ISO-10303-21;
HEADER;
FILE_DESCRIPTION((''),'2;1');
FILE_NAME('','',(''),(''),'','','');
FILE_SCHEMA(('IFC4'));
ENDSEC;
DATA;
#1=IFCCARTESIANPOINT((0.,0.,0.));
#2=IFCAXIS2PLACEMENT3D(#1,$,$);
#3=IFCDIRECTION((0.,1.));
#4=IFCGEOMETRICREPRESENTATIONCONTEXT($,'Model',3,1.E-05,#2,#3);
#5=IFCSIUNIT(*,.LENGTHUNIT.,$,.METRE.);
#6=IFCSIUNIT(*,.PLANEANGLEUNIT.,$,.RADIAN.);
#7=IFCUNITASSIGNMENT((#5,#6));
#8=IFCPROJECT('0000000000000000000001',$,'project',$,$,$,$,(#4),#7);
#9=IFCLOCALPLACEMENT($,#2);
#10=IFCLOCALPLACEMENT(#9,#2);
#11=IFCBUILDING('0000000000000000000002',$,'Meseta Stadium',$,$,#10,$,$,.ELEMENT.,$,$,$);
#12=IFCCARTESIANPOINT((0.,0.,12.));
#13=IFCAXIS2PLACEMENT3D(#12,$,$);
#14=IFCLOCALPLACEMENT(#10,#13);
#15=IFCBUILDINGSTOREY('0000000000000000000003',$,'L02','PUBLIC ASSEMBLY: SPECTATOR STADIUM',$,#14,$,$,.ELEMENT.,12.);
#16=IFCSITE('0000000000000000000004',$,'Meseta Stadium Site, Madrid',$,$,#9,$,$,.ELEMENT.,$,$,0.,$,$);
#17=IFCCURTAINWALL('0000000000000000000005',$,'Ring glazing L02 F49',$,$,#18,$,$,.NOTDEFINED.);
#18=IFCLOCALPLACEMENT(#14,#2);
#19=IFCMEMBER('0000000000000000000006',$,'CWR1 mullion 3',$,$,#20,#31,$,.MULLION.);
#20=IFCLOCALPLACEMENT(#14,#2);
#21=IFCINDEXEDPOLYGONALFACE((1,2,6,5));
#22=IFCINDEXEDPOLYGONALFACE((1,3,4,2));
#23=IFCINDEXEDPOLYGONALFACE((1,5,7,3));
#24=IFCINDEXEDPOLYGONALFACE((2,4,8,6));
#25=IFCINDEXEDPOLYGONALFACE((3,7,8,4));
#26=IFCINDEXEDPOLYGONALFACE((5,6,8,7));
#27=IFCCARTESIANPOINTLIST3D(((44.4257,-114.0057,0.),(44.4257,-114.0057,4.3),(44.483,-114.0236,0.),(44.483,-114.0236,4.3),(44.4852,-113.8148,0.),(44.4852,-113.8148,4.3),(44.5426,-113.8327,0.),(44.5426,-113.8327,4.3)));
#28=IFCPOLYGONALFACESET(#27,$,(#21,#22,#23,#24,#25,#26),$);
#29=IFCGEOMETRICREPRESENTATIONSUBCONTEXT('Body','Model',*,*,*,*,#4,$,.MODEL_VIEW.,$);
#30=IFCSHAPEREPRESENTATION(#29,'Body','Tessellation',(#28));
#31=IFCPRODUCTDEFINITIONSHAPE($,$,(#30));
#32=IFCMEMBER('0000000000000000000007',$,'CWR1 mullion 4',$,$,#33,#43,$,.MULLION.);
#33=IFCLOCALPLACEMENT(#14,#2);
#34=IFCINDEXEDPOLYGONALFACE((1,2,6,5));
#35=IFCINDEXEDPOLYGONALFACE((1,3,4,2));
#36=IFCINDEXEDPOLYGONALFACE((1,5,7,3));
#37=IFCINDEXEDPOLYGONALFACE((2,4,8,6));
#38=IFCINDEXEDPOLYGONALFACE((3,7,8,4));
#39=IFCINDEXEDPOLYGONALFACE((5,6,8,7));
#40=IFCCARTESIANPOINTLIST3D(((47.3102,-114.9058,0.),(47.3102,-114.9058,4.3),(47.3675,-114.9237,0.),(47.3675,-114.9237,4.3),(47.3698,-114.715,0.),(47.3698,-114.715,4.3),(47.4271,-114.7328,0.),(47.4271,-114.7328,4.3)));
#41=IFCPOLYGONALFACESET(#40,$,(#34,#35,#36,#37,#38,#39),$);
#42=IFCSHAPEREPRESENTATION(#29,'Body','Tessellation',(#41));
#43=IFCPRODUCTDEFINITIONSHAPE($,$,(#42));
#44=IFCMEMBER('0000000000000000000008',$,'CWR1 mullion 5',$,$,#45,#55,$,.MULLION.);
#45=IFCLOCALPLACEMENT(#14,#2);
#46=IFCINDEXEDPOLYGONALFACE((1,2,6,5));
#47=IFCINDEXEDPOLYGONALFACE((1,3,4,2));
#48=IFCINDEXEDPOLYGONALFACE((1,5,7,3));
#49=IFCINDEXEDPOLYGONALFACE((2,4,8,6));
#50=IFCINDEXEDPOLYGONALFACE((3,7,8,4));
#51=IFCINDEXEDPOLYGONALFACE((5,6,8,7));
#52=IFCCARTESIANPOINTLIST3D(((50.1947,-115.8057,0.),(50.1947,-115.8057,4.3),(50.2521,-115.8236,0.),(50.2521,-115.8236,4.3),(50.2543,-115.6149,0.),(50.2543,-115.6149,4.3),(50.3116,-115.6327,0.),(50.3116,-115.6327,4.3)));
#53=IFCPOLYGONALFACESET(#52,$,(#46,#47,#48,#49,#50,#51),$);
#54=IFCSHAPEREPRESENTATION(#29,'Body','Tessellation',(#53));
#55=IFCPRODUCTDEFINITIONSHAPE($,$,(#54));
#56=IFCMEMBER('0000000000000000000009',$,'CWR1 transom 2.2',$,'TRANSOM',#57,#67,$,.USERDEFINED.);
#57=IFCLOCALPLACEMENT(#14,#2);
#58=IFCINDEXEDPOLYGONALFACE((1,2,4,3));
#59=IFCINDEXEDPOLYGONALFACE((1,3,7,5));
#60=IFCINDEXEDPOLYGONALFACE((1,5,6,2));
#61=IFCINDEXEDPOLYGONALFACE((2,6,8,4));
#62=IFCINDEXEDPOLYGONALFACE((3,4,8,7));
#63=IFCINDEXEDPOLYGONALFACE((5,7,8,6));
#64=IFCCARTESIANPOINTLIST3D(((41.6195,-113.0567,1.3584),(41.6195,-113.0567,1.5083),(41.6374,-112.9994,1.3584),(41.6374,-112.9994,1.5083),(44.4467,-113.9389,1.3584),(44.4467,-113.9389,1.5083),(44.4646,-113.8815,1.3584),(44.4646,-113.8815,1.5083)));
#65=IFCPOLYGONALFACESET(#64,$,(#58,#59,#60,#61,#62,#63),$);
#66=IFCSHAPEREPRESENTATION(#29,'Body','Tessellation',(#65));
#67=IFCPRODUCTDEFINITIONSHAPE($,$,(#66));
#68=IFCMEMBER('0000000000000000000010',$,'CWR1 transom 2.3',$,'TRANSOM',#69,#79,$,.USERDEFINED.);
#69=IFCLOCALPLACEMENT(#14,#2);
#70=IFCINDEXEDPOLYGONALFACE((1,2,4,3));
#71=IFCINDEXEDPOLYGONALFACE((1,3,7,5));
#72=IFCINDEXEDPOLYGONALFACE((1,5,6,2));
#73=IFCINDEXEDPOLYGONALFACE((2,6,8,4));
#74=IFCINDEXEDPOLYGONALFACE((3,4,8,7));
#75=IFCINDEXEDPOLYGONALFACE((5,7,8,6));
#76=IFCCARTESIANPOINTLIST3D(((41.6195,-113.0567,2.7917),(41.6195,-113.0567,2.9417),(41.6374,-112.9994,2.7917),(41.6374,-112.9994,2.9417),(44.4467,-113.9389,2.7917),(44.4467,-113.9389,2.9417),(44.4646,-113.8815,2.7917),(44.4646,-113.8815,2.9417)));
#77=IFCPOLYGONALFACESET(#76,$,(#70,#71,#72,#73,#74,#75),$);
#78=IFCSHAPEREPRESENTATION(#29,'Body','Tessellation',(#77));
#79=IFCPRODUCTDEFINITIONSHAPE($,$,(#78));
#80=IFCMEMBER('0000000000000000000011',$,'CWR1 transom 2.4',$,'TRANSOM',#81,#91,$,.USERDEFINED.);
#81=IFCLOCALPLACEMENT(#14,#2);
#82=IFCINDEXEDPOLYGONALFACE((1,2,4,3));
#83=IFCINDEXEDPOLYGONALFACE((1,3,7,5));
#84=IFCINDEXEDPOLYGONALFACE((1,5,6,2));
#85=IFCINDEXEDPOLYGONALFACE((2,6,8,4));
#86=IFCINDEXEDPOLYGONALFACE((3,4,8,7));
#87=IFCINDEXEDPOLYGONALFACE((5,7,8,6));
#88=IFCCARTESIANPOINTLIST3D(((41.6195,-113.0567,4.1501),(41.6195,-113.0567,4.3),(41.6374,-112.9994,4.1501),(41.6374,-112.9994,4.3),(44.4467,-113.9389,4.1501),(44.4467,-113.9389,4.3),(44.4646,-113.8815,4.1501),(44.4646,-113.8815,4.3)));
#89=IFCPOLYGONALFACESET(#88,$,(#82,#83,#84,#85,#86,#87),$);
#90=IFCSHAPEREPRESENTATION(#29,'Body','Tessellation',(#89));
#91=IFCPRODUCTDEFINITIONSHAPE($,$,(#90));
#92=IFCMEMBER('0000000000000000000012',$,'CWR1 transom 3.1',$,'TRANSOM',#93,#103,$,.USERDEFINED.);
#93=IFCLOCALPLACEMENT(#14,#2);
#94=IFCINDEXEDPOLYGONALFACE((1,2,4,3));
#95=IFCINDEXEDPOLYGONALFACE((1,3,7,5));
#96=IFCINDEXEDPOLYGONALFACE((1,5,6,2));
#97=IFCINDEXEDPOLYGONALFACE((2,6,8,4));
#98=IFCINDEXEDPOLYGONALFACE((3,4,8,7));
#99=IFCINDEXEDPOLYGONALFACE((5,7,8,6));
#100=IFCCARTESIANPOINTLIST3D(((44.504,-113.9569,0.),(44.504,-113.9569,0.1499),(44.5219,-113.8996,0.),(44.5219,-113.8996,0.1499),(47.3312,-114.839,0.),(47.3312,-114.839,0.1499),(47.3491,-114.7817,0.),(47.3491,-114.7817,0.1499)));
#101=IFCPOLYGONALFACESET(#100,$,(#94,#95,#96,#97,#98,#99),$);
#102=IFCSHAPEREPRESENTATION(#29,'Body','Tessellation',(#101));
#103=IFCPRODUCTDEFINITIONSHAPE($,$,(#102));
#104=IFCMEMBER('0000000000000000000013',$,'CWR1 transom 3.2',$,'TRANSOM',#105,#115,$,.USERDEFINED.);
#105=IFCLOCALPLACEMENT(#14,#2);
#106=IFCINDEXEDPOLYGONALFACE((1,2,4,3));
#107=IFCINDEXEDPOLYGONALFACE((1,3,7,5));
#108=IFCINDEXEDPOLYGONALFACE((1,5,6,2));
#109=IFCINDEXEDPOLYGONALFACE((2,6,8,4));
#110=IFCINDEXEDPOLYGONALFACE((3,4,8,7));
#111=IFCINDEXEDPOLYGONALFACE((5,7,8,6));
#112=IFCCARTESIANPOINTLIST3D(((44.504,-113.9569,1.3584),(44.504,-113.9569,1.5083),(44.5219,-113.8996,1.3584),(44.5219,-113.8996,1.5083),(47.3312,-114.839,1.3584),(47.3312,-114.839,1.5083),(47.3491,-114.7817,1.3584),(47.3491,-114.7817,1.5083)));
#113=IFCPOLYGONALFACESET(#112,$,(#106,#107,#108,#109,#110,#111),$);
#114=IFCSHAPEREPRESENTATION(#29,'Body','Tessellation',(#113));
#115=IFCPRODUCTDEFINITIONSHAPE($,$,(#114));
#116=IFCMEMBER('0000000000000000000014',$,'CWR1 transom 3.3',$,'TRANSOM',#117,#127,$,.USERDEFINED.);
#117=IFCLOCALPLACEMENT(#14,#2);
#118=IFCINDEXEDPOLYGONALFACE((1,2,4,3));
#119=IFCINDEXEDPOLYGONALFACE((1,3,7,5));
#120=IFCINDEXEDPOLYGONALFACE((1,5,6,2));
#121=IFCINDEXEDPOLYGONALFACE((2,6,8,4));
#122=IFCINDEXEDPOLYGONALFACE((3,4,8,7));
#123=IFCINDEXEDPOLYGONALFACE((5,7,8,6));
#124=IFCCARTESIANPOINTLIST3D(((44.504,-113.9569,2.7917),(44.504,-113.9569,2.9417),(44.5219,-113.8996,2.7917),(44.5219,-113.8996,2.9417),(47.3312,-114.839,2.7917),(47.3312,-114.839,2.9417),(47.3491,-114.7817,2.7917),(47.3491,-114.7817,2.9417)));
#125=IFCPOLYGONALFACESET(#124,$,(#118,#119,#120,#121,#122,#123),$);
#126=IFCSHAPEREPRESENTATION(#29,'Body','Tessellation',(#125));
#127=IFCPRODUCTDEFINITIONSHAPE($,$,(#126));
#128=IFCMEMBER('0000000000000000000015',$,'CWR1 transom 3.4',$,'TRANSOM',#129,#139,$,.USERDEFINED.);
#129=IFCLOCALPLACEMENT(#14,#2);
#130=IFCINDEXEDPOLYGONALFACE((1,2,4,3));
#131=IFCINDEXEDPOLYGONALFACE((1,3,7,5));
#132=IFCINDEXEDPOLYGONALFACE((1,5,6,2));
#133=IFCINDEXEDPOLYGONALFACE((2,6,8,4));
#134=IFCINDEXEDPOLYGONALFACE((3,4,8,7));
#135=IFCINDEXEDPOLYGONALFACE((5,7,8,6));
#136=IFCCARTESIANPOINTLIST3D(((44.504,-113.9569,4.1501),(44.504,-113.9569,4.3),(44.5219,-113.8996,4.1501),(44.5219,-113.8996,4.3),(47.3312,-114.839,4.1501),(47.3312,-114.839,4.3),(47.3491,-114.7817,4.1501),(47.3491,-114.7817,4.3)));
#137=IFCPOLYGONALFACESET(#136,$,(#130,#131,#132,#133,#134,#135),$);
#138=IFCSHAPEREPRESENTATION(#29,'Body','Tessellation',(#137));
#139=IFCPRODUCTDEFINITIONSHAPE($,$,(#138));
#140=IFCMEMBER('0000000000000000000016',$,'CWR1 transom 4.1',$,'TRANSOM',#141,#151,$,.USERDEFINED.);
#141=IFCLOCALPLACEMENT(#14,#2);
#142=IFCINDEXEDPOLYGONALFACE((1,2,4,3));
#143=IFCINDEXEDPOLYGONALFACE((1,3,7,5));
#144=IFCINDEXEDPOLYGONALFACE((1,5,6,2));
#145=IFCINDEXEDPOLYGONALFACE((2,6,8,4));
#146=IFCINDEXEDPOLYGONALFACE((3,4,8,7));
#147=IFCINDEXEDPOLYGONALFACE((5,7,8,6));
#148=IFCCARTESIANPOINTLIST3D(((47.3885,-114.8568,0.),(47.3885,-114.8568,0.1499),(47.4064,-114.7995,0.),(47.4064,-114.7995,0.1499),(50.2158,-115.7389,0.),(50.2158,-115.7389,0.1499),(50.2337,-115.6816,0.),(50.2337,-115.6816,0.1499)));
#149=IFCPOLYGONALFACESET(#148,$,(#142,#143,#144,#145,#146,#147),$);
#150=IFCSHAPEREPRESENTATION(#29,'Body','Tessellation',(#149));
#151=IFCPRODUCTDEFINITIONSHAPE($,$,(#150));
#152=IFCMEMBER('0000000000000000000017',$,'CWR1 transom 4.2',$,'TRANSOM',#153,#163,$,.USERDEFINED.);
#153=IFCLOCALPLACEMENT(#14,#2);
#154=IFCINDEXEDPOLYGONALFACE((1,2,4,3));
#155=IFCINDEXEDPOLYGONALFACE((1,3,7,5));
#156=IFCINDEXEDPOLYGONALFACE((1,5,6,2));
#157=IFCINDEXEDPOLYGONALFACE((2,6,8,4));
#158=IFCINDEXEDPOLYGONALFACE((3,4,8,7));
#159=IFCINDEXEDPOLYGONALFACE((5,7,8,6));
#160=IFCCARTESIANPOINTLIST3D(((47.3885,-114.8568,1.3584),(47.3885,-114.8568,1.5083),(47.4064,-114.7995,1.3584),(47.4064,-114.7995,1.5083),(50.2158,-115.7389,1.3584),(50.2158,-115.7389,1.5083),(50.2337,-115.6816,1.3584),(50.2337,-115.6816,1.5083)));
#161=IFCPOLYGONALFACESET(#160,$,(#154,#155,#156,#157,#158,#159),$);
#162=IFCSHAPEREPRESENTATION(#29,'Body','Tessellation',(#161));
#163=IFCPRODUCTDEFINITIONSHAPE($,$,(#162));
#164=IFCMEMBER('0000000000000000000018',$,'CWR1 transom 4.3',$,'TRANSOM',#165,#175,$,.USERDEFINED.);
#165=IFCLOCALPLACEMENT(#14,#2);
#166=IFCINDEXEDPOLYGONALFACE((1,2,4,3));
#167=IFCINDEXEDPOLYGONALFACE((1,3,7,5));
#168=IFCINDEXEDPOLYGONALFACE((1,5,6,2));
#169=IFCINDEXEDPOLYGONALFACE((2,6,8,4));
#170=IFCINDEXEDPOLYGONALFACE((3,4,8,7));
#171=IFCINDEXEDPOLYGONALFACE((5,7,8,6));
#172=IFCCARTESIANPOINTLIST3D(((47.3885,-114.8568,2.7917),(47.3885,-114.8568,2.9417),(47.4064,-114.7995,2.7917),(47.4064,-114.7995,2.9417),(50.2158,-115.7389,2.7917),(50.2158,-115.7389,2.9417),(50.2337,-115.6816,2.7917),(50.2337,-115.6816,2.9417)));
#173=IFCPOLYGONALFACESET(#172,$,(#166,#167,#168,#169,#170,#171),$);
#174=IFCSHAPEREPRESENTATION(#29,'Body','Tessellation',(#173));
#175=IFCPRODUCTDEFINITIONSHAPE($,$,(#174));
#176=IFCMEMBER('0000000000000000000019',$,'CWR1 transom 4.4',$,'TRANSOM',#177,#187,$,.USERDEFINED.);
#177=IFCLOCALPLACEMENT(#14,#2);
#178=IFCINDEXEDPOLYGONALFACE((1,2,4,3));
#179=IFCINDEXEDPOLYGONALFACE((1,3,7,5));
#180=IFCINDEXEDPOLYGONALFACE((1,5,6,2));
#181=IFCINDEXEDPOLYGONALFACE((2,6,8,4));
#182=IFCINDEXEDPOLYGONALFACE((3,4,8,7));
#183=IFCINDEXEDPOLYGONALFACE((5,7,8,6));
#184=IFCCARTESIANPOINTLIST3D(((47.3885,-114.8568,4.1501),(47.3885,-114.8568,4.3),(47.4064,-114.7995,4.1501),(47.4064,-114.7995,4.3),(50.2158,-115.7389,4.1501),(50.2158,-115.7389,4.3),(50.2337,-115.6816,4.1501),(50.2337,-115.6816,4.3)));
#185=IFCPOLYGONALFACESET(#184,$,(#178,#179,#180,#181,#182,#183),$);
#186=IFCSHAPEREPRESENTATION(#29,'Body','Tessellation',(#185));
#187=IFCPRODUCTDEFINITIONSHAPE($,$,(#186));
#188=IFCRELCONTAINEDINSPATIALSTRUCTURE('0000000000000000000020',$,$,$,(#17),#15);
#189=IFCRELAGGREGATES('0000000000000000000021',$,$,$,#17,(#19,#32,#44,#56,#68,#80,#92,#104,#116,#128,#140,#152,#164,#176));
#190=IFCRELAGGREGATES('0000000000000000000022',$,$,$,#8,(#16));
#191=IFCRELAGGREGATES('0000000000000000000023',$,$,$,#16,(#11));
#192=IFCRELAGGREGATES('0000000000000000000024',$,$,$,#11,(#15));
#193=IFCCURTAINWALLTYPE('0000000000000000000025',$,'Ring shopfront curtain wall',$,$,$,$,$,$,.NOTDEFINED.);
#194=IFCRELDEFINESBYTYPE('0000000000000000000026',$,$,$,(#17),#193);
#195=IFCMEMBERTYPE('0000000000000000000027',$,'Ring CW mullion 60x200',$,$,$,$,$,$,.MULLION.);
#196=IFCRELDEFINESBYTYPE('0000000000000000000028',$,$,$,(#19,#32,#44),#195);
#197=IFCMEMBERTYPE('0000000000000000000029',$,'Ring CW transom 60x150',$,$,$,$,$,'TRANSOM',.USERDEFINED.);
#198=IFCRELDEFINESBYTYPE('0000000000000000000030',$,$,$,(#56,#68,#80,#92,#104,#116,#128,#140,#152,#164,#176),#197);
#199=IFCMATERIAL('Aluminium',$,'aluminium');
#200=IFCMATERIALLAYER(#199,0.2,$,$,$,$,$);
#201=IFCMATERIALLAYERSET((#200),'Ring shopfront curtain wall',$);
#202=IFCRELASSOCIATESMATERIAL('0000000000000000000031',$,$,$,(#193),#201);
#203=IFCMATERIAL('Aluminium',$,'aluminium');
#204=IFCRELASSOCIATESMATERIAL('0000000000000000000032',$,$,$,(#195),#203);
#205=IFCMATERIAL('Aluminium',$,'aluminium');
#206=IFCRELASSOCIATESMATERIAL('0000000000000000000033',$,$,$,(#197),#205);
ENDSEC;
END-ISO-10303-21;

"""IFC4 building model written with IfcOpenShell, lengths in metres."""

from ifc_helpers import new_model, si_unit, direction, frame, origin, origin_2d, place, context, subcontext, project, spatial, rectangle, extrude, material, layer, layer_set, material_profile, profile_set, type_object, element, aggregate, save


model = new_model("IFC4")

# Units and contexts
model_context = context("Model", 3, precision=1e-05, world=origin(), true_north=direction((0.0, 1.0)))
body_context = subcontext(model_context, "Body", "Model", "MODEL_VIEW")
ifc_project = project(units=[si_unit("LENGTHUNIT", "METRE"), si_unit("PLANEANGLEUNIT", "RADIAN")], contexts=[model_context])

# Site, building, storey
site_placement = place(None, origin())
site = spatial("IfcSite", under=ifc_project, at=site_placement, Name="Meseta Stadium Site, Madrid", CompositionType="ELEMENT", RefElevation=0.0)
building_placement = place(site_placement, origin())
building = spatial("IfcBuilding", under=site, at=building_placement, Name="Meseta Stadium", CompositionType="ELEMENT")
storey_placement = place(building_placement, frame((0.0, 0.0, 12.0)))
storey = spatial("IfcBuildingStorey", under=building, at=storey_placement, Name="L02", Description="PUBLIC ASSEMBLY: SPECTATOR STADIUM", CompositionType="ELEMENT", Elevation=12.0)

# Curtain wall, members
ifc_material_1 = material(Name="Aluminium", Category="aluminium")
ifc_layer_1 = layer(ifc_material_1, 0.2)
ifc_layer_set_1 = layer_set([ifc_layer_1], Name="Ring shopfront curtain wall")
curtain_wall_type = type_object("IfcCurtainWallType", Name="Ring shopfront curtain wall", PredefinedType="NOTDEFINED", material=ifc_layer_set_1)
curtain_wall_placement = place(storey_placement, origin())
curtain_wall = element("IfcCurtainWall", 1, at=curtain_wall_placement, inside=storey, type_object=curtain_wall_type, Name="Ring glazing L02 F49", PredefinedType="NOTDEFINED")
ifc_material_2 = material(Name="Aluminium", Category="aluminium")
ifc_material_profile_1 = material_profile(ifc_material_2, rectangle(XDim=0.2, YDim=0.0601, at=origin_2d()), Name="CW 200x60")
ifc_profile_set_1 = profile_set([ifc_material_profile_1], Name="Aluminium")
member_type_1 = type_object("IfcMemberType", Name="Ring CW mullion 60x200", PredefinedType="MULLION", material=ifc_profile_set_1)
member_1_placement = place(storey_placement, frame((44.4841, -113.9192, 0.0), z_axis=(0.0, 0.0, 1.0), x_axis=(0.297861, 0.954609, 0.0)))
member_1 = element("IfcMember", 2, at=member_1_placement, type_object=member_type_1, Name="CWR1 mullion 3", PredefinedType="MULLION", context=body_context, shape_type="SweptSolid", body=[
    extrude(rectangle(XDim=0.2, YDim=0.0601, at=origin_2d()), origin(), (0.0, 0.0, 1.0), 4.3),
])
member_2_placement = place(storey_placement, frame((47.3687, -114.8193, 0.0), z_axis=(0.0, 0.0, 1.0), x_axis=(0.297861, 0.954609, 0.0)))
member_2 = element("IfcMember", 3, at=member_2_placement, type_object=member_type_1, Name="CWR1 mullion 4", PredefinedType="MULLION", context=body_context, shape_type="SweptSolid", body=[
    extrude(rectangle(XDim=0.2, YDim=0.0601, at=origin_2d()), origin(), (0.0, 0.0, 1.0), 4.3),
])
member_3_placement = place(storey_placement, frame((50.2532, -115.7192, 0.0), z_axis=(0.0, 0.0, 1.0), x_axis=(0.297861, 0.954609, 0.0)))
member_3 = element("IfcMember", 4, at=member_3_placement, type_object=member_type_1, Name="CWR1 mullion 5", PredefinedType="MULLION", context=body_context, shape_type="SweptSolid", body=[
    extrude(rectangle(XDim=0.2, YDim=0.0601, at=origin_2d()), origin(), (0.0, 0.0, 1.0), 4.3),
])
ifc_material_3 = material(Name="Aluminium", Category="aluminium")
ifc_material_profile_2 = material_profile(ifc_material_3, rectangle(XDim=0.0601, YDim=0.1499, at=origin_2d()), Name="CW 60x150")
ifc_profile_set_2 = profile_set([ifc_material_profile_2], Name="Aluminium")
member_type_2 = type_object("IfcMemberType", Name="Ring CW transom 60x150", ElementType="TRANSOM", PredefinedType="USERDEFINED", material=ifc_profile_set_2)
member_4_placement = place(storey_placement, frame((41.6284, -113.0281, 1.4333), z_axis=(0.954615, -0.297843, 0.0), x_axis=(0.297843, 0.954615, 0.0)))
member_4 = element("IfcMember", 5, at=member_4_placement, type_object=member_type_2, Name="CWR1 transom 2.2", ObjectType="TRANSOM", PredefinedType="USERDEFINED", context=body_context, shape_type="SweptSolid", body=[
    extrude(rectangle(XDim=0.0601, YDim=0.1499, at=origin_2d()), origin(), (0.0, 0.0, 1.0), 2.9617),
])
member_5_placement = place(storey_placement, frame((41.6284, -113.0281, 2.8667), z_axis=(0.954615, -0.297843, 0.0), x_axis=(0.297843, 0.954615, 0.0)))
member_5 = element("IfcMember", 6, at=member_5_placement, type_object=member_type_2, Name="CWR1 transom 2.3", ObjectType="TRANSOM", PredefinedType="USERDEFINED", context=body_context, shape_type="SweptSolid", body=[
    extrude(rectangle(XDim=0.0601, YDim=0.1499, at=origin_2d()), origin(), (0.0, 0.0, 1.0), 2.9617),
])
member_6_placement = place(storey_placement, frame((41.6284, -113.0281, 4.2251), z_axis=(0.954615, -0.297843, 0.0), x_axis=(0.297843, 0.954615, 0.0)))
member_6 = element("IfcMember", 7, at=member_6_placement, type_object=member_type_2, Name="CWR1 transom 2.4", ObjectType="TRANSOM", PredefinedType="USERDEFINED", context=body_context, shape_type="SweptSolid", body=[
    extrude(rectangle(XDim=0.0601, YDim=0.1499, at=origin_2d()), origin(), (0.0, 0.0, 1.0), 2.9617),
])
member_7_placement = place(storey_placement, frame((44.5129, -113.9282, 0.075), z_axis=(0.954615, -0.297843, 0.0), x_axis=(0.297843, 0.954615, 0.0)))
member_7 = element("IfcMember", 8, at=member_7_placement, type_object=member_type_2, Name="CWR1 transom 3.1", ObjectType="TRANSOM", PredefinedType="USERDEFINED", context=body_context, shape_type="SweptSolid", body=[
    extrude(rectangle(XDim=0.0601, YDim=0.1499, at=origin_2d()), origin(), (0.0, 0.0, 1.0), 2.9617),
])
member_8_placement = place(storey_placement, frame((44.5129, -113.9282, 1.4333), z_axis=(0.954615, -0.297843, 0.0), x_axis=(0.297843, 0.954615, 0.0)))
member_8 = element("IfcMember", 9, at=member_8_placement, type_object=member_type_2, Name="CWR1 transom 3.2", ObjectType="TRANSOM", PredefinedType="USERDEFINED", context=body_context, shape_type="SweptSolid", body=[
    extrude(rectangle(XDim=0.0601, YDim=0.1499, at=origin_2d()), origin(), (0.0, 0.0, 1.0), 2.9617),
])
member_9_placement = place(storey_placement, frame((44.5129, -113.9282, 2.8667), z_axis=(0.954615, -0.297843, 0.0), x_axis=(0.297843, 0.954615, 0.0)))
member_9 = element("IfcMember", 10, at=member_9_placement, type_object=member_type_2, Name="CWR1 transom 3.3", ObjectType="TRANSOM", PredefinedType="USERDEFINED", context=body_context, shape_type="SweptSolid", body=[
    extrude(rectangle(XDim=0.0601, YDim=0.1499, at=origin_2d()), origin(), (0.0, 0.0, 1.0), 2.9617),
])
member_10_placement = place(storey_placement, frame((44.5129, -113.9282, 4.2251), z_axis=(0.954615, -0.297843, 0.0), x_axis=(0.297843, 0.954615, 0.0)))
member_10 = element("IfcMember", 11, at=member_10_placement, type_object=member_type_2, Name="CWR1 transom 3.4", ObjectType="TRANSOM", PredefinedType="USERDEFINED", context=body_context, shape_type="SweptSolid", body=[
    extrude(rectangle(XDim=0.0601, YDim=0.1499, at=origin_2d()), origin(), (0.0, 0.0, 1.0), 2.9617),
])
member_11_placement = place(storey_placement, frame((47.3975, -114.8281, 0.075), z_axis=(0.954615, -0.297843, 0.0), x_axis=(0.297843, 0.954615, 0.0)))
member_11 = element("IfcMember", 12, at=member_11_placement, type_object=member_type_2, Name="CWR1 transom 4.1", ObjectType="TRANSOM", PredefinedType="USERDEFINED", context=body_context, shape_type="SweptSolid", body=[
    extrude(rectangle(XDim=0.0601, YDim=0.1499, at=origin_2d()), origin(), (0.0, 0.0, 1.0), 2.9617),
])
member_12_placement = place(storey_placement, frame((47.3975, -114.8281, 1.4333), z_axis=(0.954615, -0.297843, 0.0), x_axis=(0.297843, 0.954615, 0.0)))
member_12 = element("IfcMember", 13, at=member_12_placement, type_object=member_type_2, Name="CWR1 transom 4.2", ObjectType="TRANSOM", PredefinedType="USERDEFINED", context=body_context, shape_type="SweptSolid", body=[
    extrude(rectangle(XDim=0.0601, YDim=0.1499, at=origin_2d()), origin(), (0.0, 0.0, 1.0), 2.9617),
])
member_13_placement = place(storey_placement, frame((47.3975, -114.8281, 2.8667), z_axis=(0.954615, -0.297843, 0.0), x_axis=(0.297843, 0.954615, 0.0)))
member_13 = element("IfcMember", 14, at=member_13_placement, type_object=member_type_2, Name="CWR1 transom 4.3", ObjectType="TRANSOM", PredefinedType="USERDEFINED", context=body_context, shape_type="SweptSolid", body=[
    extrude(rectangle(XDim=0.0601, YDim=0.1499, at=origin_2d()), origin(), (0.0, 0.0, 1.0), 2.9617),
])
member_14_placement = place(storey_placement, frame((47.3975, -114.8281, 4.2251), z_axis=(0.954615, -0.297843, 0.0), x_axis=(0.297843, 0.954615, 0.0)))
member_14 = element("IfcMember", 15, at=member_14_placement, type_object=member_type_2, Name="CWR1 transom 4.4", ObjectType="TRANSOM", PredefinedType="USERDEFINED", context=body_context, shape_type="SweptSolid", body=[
    extrude(rectangle(XDim=0.0601, YDim=0.1499, at=origin_2d()), origin(), (0.0, 0.0, 1.0), 2.9617),
])
aggregate(curtain_wall, [member_1, member_2, member_3, member_4, member_5, member_6, member_7, member_8, member_9, member_10, member_11, member_12, member_13, member_14])

save(model, "model.ifc")
